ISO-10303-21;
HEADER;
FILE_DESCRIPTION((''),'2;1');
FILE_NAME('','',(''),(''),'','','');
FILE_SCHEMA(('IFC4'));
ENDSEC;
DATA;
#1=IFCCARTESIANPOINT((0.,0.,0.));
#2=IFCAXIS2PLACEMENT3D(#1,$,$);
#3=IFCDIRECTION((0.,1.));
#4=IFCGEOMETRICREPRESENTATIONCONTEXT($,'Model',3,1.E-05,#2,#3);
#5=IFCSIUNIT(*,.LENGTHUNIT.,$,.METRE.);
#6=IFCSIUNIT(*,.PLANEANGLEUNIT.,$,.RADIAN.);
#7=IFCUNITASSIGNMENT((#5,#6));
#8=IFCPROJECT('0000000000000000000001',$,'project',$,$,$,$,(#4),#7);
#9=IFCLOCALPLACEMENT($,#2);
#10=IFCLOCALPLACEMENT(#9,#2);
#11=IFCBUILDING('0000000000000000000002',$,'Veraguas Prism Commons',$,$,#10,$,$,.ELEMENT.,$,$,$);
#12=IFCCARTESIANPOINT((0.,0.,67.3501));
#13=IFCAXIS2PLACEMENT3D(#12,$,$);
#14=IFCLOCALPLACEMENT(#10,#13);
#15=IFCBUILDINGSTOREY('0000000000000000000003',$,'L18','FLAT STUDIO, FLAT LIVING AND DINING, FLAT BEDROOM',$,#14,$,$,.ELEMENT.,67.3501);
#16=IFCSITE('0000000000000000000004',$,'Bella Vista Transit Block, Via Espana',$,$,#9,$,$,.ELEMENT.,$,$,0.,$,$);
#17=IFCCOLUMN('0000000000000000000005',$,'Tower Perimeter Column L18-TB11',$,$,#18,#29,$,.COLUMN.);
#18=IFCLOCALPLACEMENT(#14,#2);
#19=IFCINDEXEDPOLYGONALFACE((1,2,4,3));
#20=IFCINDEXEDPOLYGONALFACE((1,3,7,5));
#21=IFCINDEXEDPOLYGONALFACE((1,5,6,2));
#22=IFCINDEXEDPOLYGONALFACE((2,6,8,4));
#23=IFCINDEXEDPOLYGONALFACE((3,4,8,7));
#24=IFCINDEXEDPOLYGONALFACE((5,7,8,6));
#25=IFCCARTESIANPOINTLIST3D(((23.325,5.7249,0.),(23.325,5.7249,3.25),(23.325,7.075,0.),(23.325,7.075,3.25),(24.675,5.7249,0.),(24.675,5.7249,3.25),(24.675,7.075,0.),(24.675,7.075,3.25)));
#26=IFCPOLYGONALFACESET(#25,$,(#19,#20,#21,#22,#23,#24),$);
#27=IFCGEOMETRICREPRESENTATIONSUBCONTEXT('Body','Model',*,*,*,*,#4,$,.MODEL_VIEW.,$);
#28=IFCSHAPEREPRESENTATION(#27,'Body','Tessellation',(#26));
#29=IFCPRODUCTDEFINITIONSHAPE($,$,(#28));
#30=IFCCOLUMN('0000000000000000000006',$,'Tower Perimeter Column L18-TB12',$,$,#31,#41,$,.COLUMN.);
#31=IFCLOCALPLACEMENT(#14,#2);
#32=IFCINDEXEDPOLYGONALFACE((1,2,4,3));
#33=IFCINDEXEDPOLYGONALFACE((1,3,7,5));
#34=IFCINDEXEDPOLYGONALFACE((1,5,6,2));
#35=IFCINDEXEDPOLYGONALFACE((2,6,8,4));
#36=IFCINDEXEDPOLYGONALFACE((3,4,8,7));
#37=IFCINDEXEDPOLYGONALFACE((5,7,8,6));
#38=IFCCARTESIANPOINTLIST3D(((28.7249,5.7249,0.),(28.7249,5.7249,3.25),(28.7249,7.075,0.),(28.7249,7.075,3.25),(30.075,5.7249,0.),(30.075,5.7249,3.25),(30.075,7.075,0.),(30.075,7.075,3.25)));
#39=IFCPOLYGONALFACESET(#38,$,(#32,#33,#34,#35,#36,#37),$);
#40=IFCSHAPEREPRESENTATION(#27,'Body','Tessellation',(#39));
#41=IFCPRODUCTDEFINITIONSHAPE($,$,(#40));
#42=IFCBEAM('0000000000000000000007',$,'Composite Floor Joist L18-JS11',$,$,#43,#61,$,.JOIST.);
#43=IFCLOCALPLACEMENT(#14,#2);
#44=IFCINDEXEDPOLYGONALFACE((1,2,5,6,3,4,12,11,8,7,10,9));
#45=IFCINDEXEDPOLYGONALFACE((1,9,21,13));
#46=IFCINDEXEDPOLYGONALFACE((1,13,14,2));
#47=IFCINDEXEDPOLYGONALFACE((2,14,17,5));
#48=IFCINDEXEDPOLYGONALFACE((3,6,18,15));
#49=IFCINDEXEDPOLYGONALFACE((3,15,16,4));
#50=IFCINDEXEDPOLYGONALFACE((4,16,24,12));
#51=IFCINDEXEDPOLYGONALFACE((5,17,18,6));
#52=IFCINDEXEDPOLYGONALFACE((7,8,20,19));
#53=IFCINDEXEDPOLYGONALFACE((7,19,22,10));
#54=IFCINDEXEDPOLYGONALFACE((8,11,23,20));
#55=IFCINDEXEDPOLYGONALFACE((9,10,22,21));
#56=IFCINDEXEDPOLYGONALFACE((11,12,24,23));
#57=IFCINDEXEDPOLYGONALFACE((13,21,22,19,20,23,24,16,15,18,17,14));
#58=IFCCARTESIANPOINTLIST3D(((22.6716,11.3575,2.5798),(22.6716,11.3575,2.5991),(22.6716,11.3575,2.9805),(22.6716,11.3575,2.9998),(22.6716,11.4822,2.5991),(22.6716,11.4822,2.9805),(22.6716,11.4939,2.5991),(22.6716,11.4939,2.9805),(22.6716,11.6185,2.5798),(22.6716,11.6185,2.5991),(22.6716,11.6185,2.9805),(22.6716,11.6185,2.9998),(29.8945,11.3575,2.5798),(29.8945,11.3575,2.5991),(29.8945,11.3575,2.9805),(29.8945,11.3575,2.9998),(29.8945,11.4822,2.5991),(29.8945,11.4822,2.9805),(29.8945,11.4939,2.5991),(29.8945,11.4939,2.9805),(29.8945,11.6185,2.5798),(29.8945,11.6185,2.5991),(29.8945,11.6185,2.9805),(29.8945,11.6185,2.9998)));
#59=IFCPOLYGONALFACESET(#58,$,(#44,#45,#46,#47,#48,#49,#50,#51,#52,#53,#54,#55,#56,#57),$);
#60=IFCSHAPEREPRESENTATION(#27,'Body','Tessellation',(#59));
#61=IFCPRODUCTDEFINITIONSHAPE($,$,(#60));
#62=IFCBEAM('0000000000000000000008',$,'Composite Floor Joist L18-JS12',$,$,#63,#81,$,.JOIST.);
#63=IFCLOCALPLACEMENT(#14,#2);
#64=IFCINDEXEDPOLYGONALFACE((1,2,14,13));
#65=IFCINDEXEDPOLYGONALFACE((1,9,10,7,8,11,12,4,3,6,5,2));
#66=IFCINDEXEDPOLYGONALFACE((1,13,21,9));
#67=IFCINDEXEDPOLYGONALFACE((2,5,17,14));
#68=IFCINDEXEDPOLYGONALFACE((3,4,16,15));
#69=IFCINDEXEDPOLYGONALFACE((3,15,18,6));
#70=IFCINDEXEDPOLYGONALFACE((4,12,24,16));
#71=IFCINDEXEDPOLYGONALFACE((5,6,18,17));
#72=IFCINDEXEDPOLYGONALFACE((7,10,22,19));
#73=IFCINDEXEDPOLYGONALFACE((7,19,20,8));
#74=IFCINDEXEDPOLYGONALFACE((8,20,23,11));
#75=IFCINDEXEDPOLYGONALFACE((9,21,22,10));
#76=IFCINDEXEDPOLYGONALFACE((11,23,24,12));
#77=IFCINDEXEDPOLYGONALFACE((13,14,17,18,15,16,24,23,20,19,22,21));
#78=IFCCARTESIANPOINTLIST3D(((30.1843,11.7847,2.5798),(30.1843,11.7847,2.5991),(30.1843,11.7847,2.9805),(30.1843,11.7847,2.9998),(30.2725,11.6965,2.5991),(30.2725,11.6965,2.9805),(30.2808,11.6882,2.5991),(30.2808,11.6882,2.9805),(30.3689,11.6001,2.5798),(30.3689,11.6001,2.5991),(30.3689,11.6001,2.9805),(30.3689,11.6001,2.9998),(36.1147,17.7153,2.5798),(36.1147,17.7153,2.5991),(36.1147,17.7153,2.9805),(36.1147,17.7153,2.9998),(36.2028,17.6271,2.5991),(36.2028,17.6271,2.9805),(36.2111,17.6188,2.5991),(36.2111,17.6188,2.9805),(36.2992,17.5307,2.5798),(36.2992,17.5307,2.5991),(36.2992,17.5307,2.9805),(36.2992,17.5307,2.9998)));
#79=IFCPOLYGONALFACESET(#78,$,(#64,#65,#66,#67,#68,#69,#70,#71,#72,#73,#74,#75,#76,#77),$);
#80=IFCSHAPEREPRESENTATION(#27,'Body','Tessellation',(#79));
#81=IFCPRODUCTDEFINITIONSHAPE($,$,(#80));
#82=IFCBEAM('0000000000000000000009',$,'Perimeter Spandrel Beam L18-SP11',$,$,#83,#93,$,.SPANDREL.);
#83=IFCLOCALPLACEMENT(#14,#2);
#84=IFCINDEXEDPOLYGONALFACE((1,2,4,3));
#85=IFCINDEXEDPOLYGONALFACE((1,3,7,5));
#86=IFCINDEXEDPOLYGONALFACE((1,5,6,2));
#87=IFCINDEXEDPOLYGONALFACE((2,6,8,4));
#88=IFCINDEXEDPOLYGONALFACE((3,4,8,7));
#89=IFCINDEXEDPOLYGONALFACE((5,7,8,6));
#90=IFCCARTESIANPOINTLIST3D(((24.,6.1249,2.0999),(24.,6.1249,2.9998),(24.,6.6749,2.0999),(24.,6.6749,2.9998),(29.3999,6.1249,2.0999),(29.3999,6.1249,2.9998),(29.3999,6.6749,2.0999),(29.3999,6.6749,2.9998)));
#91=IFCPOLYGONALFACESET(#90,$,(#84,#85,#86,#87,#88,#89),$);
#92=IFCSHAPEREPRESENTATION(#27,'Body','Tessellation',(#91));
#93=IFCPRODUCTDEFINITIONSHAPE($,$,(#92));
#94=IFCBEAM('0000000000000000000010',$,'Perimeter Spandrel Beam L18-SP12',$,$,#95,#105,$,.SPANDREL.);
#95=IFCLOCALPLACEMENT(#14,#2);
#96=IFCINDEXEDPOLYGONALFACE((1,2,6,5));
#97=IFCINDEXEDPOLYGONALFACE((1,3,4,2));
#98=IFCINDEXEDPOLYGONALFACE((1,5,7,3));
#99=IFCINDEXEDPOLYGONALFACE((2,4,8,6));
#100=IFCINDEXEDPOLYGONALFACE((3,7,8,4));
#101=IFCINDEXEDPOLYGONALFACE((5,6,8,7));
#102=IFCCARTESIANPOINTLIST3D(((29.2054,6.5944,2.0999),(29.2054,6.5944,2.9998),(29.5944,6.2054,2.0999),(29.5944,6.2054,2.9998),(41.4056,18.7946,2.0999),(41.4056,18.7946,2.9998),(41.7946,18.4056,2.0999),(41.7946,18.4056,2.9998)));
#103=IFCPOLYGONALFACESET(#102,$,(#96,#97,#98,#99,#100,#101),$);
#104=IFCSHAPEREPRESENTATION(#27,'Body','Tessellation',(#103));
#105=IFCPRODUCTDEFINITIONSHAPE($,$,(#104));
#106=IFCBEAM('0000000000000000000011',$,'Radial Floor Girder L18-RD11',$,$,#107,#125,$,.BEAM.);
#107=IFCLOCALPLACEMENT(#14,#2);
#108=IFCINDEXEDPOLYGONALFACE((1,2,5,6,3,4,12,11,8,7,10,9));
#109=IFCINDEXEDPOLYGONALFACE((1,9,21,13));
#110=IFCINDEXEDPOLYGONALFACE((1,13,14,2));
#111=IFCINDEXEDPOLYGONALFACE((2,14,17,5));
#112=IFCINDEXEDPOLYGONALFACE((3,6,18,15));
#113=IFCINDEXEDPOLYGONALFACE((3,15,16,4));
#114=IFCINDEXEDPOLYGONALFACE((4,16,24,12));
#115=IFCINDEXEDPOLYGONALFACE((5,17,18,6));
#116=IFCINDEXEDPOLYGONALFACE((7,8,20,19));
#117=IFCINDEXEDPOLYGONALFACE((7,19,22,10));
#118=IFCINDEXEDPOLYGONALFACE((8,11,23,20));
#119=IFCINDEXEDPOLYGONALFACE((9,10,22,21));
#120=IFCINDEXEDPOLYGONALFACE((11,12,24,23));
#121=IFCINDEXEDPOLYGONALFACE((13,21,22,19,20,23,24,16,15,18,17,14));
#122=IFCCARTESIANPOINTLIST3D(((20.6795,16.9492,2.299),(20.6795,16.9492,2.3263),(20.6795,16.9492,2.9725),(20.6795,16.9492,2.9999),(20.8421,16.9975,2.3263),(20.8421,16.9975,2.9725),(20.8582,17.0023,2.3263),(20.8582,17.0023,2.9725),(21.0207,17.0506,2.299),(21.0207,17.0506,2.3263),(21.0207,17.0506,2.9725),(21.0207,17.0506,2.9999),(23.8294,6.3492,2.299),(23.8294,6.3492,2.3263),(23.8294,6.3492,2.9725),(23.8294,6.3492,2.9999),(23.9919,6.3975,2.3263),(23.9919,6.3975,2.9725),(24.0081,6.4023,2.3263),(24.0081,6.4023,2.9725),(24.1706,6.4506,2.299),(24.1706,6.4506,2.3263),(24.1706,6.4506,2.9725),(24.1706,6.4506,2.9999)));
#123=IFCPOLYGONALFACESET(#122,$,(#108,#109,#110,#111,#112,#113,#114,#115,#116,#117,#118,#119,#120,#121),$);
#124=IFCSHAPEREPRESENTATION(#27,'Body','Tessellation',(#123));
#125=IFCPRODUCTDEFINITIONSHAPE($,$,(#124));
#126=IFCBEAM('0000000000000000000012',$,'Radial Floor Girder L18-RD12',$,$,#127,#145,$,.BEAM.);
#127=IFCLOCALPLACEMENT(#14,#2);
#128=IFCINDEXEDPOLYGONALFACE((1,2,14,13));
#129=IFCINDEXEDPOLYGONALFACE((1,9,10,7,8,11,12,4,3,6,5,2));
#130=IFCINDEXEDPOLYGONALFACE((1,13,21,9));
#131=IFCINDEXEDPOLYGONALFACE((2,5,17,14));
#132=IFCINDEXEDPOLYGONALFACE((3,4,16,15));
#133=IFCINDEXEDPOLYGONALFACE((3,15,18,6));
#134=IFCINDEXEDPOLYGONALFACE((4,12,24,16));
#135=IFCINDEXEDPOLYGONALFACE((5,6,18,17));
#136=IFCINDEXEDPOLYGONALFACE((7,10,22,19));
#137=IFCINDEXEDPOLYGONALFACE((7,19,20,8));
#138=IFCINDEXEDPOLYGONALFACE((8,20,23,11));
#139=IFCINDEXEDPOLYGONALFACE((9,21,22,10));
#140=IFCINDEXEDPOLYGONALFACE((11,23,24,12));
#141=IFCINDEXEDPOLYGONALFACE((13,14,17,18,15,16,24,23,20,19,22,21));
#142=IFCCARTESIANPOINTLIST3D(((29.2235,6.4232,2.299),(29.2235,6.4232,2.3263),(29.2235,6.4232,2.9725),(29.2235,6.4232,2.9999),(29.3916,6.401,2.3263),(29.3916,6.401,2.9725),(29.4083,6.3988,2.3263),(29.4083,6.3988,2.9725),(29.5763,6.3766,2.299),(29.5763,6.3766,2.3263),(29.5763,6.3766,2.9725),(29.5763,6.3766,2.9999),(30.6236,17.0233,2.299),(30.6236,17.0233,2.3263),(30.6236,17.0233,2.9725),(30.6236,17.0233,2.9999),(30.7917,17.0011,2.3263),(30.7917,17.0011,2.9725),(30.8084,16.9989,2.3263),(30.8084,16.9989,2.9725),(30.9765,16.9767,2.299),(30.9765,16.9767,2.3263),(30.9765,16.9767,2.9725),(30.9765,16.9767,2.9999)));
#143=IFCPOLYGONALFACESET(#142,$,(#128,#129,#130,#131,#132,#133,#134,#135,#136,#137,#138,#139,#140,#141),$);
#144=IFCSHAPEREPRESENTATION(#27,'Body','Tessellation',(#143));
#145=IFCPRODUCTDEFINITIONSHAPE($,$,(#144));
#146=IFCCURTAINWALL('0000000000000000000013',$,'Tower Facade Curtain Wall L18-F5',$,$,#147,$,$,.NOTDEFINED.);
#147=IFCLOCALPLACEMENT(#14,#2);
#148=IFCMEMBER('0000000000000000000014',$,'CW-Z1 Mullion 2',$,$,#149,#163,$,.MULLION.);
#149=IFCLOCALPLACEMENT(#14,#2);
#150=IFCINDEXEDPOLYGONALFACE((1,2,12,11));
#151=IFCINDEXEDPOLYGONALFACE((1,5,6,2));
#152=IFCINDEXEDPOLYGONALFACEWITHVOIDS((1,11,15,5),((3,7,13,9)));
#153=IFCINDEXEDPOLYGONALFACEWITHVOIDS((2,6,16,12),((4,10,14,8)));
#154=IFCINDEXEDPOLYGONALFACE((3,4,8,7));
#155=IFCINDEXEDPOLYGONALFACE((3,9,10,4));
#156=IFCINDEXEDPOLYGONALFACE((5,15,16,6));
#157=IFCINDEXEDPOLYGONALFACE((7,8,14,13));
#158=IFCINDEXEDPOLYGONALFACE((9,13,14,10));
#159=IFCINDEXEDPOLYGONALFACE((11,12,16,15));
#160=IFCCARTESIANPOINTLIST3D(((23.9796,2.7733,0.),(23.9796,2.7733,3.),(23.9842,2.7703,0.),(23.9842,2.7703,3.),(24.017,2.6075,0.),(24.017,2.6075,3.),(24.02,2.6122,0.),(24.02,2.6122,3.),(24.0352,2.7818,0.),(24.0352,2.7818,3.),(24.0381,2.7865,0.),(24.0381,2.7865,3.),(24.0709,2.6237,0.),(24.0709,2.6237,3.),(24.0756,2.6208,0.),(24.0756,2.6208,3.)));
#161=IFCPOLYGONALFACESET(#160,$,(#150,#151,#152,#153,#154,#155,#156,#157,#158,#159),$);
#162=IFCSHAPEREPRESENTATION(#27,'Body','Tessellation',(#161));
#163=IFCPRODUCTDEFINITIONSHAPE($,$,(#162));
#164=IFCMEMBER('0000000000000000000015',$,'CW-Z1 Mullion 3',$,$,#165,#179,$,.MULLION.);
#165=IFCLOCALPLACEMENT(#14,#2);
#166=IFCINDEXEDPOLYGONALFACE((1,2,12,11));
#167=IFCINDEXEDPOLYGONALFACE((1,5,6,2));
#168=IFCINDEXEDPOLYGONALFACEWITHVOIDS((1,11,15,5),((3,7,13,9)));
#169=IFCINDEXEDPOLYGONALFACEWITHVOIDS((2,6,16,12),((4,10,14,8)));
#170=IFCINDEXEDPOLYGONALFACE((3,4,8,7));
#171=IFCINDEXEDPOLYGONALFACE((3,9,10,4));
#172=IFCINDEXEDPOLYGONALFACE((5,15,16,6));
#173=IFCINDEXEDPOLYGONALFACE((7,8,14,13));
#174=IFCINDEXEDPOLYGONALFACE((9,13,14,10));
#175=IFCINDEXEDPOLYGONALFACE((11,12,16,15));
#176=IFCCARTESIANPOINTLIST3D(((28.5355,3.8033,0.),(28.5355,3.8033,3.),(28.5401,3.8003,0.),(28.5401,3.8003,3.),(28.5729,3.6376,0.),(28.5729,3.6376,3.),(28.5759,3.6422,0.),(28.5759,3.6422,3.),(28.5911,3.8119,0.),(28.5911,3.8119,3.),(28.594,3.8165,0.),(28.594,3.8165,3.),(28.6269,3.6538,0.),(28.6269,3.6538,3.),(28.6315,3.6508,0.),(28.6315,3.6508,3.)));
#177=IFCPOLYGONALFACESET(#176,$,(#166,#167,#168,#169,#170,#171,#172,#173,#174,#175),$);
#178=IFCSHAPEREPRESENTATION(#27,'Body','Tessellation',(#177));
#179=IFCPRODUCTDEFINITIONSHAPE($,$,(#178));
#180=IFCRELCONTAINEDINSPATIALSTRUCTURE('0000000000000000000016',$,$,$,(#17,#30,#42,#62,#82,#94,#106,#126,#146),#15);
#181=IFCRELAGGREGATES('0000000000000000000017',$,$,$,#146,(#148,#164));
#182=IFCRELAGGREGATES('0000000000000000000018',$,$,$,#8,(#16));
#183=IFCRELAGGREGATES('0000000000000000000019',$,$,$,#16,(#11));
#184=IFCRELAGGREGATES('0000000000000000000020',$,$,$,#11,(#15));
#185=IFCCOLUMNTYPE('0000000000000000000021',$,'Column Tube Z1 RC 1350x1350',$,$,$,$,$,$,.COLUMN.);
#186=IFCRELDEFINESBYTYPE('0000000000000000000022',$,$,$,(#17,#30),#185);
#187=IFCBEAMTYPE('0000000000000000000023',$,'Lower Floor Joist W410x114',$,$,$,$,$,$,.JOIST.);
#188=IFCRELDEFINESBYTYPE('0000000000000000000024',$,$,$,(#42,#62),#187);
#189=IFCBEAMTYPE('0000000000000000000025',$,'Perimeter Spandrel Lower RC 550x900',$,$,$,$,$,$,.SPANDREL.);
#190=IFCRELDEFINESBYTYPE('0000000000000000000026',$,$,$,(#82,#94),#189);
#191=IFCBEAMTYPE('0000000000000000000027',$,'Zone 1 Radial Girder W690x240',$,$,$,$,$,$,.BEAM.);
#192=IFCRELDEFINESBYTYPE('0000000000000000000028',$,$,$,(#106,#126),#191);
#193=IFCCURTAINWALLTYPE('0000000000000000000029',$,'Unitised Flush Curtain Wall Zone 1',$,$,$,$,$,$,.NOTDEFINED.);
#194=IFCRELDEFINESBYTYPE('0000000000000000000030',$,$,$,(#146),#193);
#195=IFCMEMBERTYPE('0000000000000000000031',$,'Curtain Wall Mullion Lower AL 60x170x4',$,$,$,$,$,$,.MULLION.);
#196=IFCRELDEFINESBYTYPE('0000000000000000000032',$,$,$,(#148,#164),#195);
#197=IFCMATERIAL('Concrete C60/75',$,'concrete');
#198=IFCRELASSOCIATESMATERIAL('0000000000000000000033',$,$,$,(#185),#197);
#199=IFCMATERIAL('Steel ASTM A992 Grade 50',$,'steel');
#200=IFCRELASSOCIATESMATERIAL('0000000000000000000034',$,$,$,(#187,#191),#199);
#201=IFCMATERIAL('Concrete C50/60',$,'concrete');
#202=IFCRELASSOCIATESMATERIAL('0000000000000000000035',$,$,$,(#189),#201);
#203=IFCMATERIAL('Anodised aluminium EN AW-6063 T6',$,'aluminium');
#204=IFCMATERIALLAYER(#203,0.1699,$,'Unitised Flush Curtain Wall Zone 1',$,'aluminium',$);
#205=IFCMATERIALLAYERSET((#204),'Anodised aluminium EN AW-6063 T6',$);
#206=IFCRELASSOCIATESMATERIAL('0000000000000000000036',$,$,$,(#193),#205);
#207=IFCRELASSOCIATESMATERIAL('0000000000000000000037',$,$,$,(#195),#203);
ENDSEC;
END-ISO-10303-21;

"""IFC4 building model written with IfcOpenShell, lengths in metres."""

from ifc_helpers import new_model, si_unit, direction, frame, origin, origin_2d, place, context, subcontext, project, spatial, rectangle, hollow_rectangle, i_section, extrude, source, transform, mapped, material, layer, layer_set, material_profile, profile_set, type_object, element, aggregate, save


model = new_model("IFC4")

# Units and contexts
model_context = context("Model", 3, precision=1e-05, world=origin(), true_north=direction((0.0, 1.0)))
body_context = subcontext(model_context, "Body", "Model", "MODEL_VIEW")
ifc_project = project(units=[si_unit("LENGTHUNIT", "METRE"), si_unit("PLANEANGLEUNIT", "RADIAN")], contexts=[model_context])

# Site, building, storey
site_placement = place(None, origin())
site = spatial("IfcSite", under=ifc_project, at=site_placement, Name="Bella Vista Transit Block, Via Espana", CompositionType="ELEMENT", RefElevation=0.0)
building_placement = place(site_placement, origin())
building = spatial("IfcBuilding", under=site, at=building_placement, Name="Veraguas Prism Commons", CompositionType="ELEMENT")
storey_placement = place(building_placement, frame((0.0, 0.0, 67.3501)))
storey = spatial("IfcBuildingStorey", under=building, at=storey_placement, Name="L18", Description="FLAT STUDIO, FLAT LIVING AND DINING, FLAT BEDROOM", CompositionType="ELEMENT", Elevation=67.3501)

# Columns
ifc_material_1 = material(Name="Concrete C60/75", Category="concrete")
ifc_material_profile_1 = material_profile(ifc_material_1, rectangle(XDim=1.3501, YDim=1.3501, at=origin_2d()), Name="RC1350X1350")
ifc_profile_set_1 = profile_set([ifc_material_profile_1], Name="Concrete C60/75")
column_type = type_object("IfcColumnType", Name="Column Tube Z1 RC 1350x1350", PredefinedType="COLUMN", material=ifc_profile_set_1)
for number, where, z_axis, x_axis, name in (
    (1, (24.0, 6.3999, 0.0), (0.0, 0.0, 1.0), (1.0, 0.0, 0.0), "Tower Perimeter Column L18-TB11"),
    (2, (29.3999, 6.3999, 0.0), (0.0, 0.0, 1.0), (1.0, 0.0, 0.0), "Tower Perimeter Column L18-TB12"),
):
    element("IfcColumn", number, at=place(storey_placement, frame(where, z_axis=z_axis, x_axis=x_axis)), inside=storey, type_object=column_type, Name=name, PredefinedType="COLUMN", context=body_context, shape_type="SweptSolid", body=[
        extrude(rectangle(XDim=1.3501, YDim=1.3501, at=origin_2d()), origin(), (0.0, 0.0, 1.0), 3.25),
    ])

# Beams
ifc_material_2 = material(Name="Steel ASTM A992 Grade 50", Category="steel")
ifc_material_profile_2 = material_profile(ifc_material_2, i_section(OverallWidth=0.261, OverallDepth=0.4199, WebThickness=0.0117, FlangeThickness=0.0193, at=origin_2d()), Name="W410X114")
ifc_profile_set_2 = profile_set([ifc_material_profile_2], Name="Steel ASTM A992 Grade 50")
beam_type_1 = type_object("IfcBeamType", Name="Lower Floor Joist W410x114", PredefinedType="JOIST", material=ifc_profile_set_2)
beam_1_placement = place(storey_placement, frame((22.6716, 11.488, 2.7898), z_axis=(1.0, 0.0, 0.0), x_axis=(0.0, 1.0, 0.0)))
element("IfcBeam", 3, at=beam_1_placement, inside=storey, type_object=beam_type_1, Name="Composite Floor Joist L18-JS11", PredefinedType="JOIST", context=body_context, shape_type="SweptSolid", body=[
    extrude(i_section(OverallWidth=0.261, OverallDepth=0.4199, WebThickness=0.0117, FlangeThickness=0.0193, at=origin_2d()), origin(), (0.0, 0.0, 1.0), 7.2229),
])
beam_2_placement = place(storey_placement, frame((30.2766, 11.6924, 2.7898), z_axis=(0.707092, 0.707121, 0.0), x_axis=(-0.707121, 0.707092, 0.0)))
element("IfcBeam", 4, at=beam_2_placement, inside=storey, type_object=beam_type_1, Name="Composite Floor Joist L18-JS12", PredefinedType="JOIST", context=body_context, shape_type="SweptSolid", body=[
    extrude(i_section(OverallWidth=0.261, OverallDepth=0.4199, WebThickness=0.0117, FlangeThickness=0.0193, at=origin_2d()), origin(), (0.0, 0.0, 1.0), 8.387),
])
ifc_material_3 = material(Name="Concrete C50/60", Category="concrete")
ifc_material_profile_3 = material_profile(ifc_material_3, rectangle(XDim=0.55, YDim=0.8999, at=origin_2d()), Name="RC550X900")
ifc_profile_set_3 = profile_set([ifc_material_profile_3], Name="Concrete C50/60")
beam_type_2 = type_object("IfcBeamType", Name="Perimeter Spandrel Lower RC 550x900", PredefinedType="SPANDREL", material=ifc_profile_set_3)
beam_3_placement = place(storey_placement, frame((24.0, 6.3999, 2.5498), z_axis=(1.0, 0.0, 0.0), x_axis=(0.0, 1.0, 0.0)))
element("IfcBeam", 5, at=beam_3_placement, inside=storey, type_object=beam_type_2, Name="Perimeter Spandrel Beam L18-SP11", PredefinedType="SPANDREL", context=body_context, shape_type="SweptSolid", body=[
    extrude(rectangle(XDim=0.55, YDim=0.8999, at=origin_2d()), origin(), (0.0, 0.0, 1.0), 5.3999),
])
beam_4_placement = place(storey_placement, frame((29.3999, 6.3999, 2.5498), z_axis=(0.707107, 0.707107, 0.0), x_axis=(-0.707107, 0.707107, 0.0)))
element("IfcBeam", 6, at=beam_4_placement, inside=storey, type_object=beam_type_2, Name="Perimeter Spandrel Beam L18-SP12", PredefinedType="SPANDREL", context=body_context, shape_type="SweptSolid", body=[
    extrude(rectangle(XDim=0.55, YDim=0.8999, at=origin_2d()), origin(), (0.0, 0.0, 1.0), 17.2537),
])
ifc_material_profile_4 = material_profile(ifc_material_2, i_section(OverallWidth=0.356, OverallDepth=0.7009, WebThickness=0.0168, FlangeThickness=0.0273, at=origin_2d()), Name="W690X240")
ifc_profile_set_4 = profile_set([ifc_material_profile_4], Name="Steel ASTM A992 Grade 50")
beam_type_3 = type_object("IfcBeamType", Name="Zone 1 Radial Girder W690x240", PredefinedType="BEAM", material=ifc_profile_set_4)
beam_5_placement = place(storey_placement, frame((24.0, 6.3999, 2.6494), z_axis=(-0.284847, 0.958573, 0.0), x_axis=(-0.958573, -0.284847, 0.0)))
element("IfcBeam", 7, at=beam_5_placement, inside=storey, type_object=beam_type_3, Name="Radial Floor Girder L18-RD11", PredefinedType="BEAM", context=body_context, shape_type="SweptSolid", body=[
    extrude(i_section(OverallWidth=0.356, OverallDepth=0.7009, WebThickness=0.0168, FlangeThickness=0.0273, at=origin_2d()), origin(), (0.0, 0.0, 1.0), 11.0581),
])
beam_6_placement = place(storey_placement, frame((29.3999, 6.3999, 2.6494), z_axis=(0.130951, 0.991389, 0.0), x_axis=(-0.991389, 0.130951, 0.0)))
element("IfcBeam", 8, at=beam_6_placement, inside=storey, type_object=beam_type_3, Name="Radial Floor Girder L18-RD12", PredefinedType="BEAM", context=body_context, shape_type="SweptSolid", body=[
    extrude(i_section(OverallWidth=0.356, OverallDepth=0.7009, WebThickness=0.0168, FlangeThickness=0.0273, at=origin_2d()), origin(), (0.0, 0.0, 1.0), 10.6921),
])

# Curtain wall, members
ifc_material_4 = material(Name="Anodised aluminium EN AW-6063 T6", Category="aluminium")
ifc_layer_1 = layer(ifc_material_4, 0.1699, Name="Unitised Flush Curtain Wall Zone 1", Category="aluminium")
ifc_layer_set_1 = layer_set([ifc_layer_1], Name="Anodised aluminium EN AW-6063 T6")
curtain_wall_type = type_object("IfcCurtainWallType", Name="Unitised Flush Curtain Wall Zone 1", PredefinedType="NOTDEFINED", material=ifc_layer_set_1)
curtain_wall_placement = place(storey_placement, origin())
curtain_wall = element("IfcCurtainWall", 9, at=curtain_wall_placement, inside=storey, type_object=curtain_wall_type, Name="Tower Facade Curtain Wall L18-F5", PredefinedType="NOTDEFINED")
ifc_material_profile_5 = material_profile(ifc_material_4, hollow_rectangle(XDim=0.0601, YDim=0.1699, WallThickness=0.0039, at=origin_2d()), Name="AL60X170X4")
ifc_profile_set_5 = profile_set([ifc_material_profile_5], Name="Anodised aluminium EN AW-6063 T6")
member_type = type_object("IfcMemberType", Name="Curtain Wall Mullion Lower AL 60x170x4", PredefinedType="MULLION", material=ifc_profile_set_5)
shared_shape_1 = source(origin(), body_context, "Body", "SweptSolid", [
    extrude(hollow_rectangle(XDim=0.0601, YDim=0.1699, WallThickness=0.0039, at=origin_2d()), origin(), (0.0, 0.0, 1.0), 3.0),
])
member_1_placement = place(storey_placement, frame((24.0276, 2.697, 0.0), z_axis=(0.0, 0.0, 1.0), x_axis=(0.97538, 0.220532, 0.0)))
member_1 = element("IfcMember", 10, at=member_1_placement, type_object=member_type, Name="CW-Z1 Mullion 2", PredefinedType="MULLION", context=body_context, shape_type="MappedRepresentation", body=[
    mapped(shared_shape_1, transform((0.0, 0.0, 0.0), scale=1.0)),
])
member_2_placement = place(storey_placement, frame((28.5835, 3.7271, 0.0), z_axis=(0.0, 0.0, 1.0), x_axis=(0.97538, 0.220532, 0.0)))
member_2 = element("IfcMember", 11, at=member_2_placement, type_object=member_type, Name="CW-Z1 Mullion 3", PredefinedType="MULLION", context=body_context, shape_type="MappedRepresentation", body=[
    mapped(shared_shape_1, transform((0.0, 0.0, 0.0), scale=1.0)),
])
aggregate(curtain_wall, [member_1, member_2])

save(model, "model.ifc")
